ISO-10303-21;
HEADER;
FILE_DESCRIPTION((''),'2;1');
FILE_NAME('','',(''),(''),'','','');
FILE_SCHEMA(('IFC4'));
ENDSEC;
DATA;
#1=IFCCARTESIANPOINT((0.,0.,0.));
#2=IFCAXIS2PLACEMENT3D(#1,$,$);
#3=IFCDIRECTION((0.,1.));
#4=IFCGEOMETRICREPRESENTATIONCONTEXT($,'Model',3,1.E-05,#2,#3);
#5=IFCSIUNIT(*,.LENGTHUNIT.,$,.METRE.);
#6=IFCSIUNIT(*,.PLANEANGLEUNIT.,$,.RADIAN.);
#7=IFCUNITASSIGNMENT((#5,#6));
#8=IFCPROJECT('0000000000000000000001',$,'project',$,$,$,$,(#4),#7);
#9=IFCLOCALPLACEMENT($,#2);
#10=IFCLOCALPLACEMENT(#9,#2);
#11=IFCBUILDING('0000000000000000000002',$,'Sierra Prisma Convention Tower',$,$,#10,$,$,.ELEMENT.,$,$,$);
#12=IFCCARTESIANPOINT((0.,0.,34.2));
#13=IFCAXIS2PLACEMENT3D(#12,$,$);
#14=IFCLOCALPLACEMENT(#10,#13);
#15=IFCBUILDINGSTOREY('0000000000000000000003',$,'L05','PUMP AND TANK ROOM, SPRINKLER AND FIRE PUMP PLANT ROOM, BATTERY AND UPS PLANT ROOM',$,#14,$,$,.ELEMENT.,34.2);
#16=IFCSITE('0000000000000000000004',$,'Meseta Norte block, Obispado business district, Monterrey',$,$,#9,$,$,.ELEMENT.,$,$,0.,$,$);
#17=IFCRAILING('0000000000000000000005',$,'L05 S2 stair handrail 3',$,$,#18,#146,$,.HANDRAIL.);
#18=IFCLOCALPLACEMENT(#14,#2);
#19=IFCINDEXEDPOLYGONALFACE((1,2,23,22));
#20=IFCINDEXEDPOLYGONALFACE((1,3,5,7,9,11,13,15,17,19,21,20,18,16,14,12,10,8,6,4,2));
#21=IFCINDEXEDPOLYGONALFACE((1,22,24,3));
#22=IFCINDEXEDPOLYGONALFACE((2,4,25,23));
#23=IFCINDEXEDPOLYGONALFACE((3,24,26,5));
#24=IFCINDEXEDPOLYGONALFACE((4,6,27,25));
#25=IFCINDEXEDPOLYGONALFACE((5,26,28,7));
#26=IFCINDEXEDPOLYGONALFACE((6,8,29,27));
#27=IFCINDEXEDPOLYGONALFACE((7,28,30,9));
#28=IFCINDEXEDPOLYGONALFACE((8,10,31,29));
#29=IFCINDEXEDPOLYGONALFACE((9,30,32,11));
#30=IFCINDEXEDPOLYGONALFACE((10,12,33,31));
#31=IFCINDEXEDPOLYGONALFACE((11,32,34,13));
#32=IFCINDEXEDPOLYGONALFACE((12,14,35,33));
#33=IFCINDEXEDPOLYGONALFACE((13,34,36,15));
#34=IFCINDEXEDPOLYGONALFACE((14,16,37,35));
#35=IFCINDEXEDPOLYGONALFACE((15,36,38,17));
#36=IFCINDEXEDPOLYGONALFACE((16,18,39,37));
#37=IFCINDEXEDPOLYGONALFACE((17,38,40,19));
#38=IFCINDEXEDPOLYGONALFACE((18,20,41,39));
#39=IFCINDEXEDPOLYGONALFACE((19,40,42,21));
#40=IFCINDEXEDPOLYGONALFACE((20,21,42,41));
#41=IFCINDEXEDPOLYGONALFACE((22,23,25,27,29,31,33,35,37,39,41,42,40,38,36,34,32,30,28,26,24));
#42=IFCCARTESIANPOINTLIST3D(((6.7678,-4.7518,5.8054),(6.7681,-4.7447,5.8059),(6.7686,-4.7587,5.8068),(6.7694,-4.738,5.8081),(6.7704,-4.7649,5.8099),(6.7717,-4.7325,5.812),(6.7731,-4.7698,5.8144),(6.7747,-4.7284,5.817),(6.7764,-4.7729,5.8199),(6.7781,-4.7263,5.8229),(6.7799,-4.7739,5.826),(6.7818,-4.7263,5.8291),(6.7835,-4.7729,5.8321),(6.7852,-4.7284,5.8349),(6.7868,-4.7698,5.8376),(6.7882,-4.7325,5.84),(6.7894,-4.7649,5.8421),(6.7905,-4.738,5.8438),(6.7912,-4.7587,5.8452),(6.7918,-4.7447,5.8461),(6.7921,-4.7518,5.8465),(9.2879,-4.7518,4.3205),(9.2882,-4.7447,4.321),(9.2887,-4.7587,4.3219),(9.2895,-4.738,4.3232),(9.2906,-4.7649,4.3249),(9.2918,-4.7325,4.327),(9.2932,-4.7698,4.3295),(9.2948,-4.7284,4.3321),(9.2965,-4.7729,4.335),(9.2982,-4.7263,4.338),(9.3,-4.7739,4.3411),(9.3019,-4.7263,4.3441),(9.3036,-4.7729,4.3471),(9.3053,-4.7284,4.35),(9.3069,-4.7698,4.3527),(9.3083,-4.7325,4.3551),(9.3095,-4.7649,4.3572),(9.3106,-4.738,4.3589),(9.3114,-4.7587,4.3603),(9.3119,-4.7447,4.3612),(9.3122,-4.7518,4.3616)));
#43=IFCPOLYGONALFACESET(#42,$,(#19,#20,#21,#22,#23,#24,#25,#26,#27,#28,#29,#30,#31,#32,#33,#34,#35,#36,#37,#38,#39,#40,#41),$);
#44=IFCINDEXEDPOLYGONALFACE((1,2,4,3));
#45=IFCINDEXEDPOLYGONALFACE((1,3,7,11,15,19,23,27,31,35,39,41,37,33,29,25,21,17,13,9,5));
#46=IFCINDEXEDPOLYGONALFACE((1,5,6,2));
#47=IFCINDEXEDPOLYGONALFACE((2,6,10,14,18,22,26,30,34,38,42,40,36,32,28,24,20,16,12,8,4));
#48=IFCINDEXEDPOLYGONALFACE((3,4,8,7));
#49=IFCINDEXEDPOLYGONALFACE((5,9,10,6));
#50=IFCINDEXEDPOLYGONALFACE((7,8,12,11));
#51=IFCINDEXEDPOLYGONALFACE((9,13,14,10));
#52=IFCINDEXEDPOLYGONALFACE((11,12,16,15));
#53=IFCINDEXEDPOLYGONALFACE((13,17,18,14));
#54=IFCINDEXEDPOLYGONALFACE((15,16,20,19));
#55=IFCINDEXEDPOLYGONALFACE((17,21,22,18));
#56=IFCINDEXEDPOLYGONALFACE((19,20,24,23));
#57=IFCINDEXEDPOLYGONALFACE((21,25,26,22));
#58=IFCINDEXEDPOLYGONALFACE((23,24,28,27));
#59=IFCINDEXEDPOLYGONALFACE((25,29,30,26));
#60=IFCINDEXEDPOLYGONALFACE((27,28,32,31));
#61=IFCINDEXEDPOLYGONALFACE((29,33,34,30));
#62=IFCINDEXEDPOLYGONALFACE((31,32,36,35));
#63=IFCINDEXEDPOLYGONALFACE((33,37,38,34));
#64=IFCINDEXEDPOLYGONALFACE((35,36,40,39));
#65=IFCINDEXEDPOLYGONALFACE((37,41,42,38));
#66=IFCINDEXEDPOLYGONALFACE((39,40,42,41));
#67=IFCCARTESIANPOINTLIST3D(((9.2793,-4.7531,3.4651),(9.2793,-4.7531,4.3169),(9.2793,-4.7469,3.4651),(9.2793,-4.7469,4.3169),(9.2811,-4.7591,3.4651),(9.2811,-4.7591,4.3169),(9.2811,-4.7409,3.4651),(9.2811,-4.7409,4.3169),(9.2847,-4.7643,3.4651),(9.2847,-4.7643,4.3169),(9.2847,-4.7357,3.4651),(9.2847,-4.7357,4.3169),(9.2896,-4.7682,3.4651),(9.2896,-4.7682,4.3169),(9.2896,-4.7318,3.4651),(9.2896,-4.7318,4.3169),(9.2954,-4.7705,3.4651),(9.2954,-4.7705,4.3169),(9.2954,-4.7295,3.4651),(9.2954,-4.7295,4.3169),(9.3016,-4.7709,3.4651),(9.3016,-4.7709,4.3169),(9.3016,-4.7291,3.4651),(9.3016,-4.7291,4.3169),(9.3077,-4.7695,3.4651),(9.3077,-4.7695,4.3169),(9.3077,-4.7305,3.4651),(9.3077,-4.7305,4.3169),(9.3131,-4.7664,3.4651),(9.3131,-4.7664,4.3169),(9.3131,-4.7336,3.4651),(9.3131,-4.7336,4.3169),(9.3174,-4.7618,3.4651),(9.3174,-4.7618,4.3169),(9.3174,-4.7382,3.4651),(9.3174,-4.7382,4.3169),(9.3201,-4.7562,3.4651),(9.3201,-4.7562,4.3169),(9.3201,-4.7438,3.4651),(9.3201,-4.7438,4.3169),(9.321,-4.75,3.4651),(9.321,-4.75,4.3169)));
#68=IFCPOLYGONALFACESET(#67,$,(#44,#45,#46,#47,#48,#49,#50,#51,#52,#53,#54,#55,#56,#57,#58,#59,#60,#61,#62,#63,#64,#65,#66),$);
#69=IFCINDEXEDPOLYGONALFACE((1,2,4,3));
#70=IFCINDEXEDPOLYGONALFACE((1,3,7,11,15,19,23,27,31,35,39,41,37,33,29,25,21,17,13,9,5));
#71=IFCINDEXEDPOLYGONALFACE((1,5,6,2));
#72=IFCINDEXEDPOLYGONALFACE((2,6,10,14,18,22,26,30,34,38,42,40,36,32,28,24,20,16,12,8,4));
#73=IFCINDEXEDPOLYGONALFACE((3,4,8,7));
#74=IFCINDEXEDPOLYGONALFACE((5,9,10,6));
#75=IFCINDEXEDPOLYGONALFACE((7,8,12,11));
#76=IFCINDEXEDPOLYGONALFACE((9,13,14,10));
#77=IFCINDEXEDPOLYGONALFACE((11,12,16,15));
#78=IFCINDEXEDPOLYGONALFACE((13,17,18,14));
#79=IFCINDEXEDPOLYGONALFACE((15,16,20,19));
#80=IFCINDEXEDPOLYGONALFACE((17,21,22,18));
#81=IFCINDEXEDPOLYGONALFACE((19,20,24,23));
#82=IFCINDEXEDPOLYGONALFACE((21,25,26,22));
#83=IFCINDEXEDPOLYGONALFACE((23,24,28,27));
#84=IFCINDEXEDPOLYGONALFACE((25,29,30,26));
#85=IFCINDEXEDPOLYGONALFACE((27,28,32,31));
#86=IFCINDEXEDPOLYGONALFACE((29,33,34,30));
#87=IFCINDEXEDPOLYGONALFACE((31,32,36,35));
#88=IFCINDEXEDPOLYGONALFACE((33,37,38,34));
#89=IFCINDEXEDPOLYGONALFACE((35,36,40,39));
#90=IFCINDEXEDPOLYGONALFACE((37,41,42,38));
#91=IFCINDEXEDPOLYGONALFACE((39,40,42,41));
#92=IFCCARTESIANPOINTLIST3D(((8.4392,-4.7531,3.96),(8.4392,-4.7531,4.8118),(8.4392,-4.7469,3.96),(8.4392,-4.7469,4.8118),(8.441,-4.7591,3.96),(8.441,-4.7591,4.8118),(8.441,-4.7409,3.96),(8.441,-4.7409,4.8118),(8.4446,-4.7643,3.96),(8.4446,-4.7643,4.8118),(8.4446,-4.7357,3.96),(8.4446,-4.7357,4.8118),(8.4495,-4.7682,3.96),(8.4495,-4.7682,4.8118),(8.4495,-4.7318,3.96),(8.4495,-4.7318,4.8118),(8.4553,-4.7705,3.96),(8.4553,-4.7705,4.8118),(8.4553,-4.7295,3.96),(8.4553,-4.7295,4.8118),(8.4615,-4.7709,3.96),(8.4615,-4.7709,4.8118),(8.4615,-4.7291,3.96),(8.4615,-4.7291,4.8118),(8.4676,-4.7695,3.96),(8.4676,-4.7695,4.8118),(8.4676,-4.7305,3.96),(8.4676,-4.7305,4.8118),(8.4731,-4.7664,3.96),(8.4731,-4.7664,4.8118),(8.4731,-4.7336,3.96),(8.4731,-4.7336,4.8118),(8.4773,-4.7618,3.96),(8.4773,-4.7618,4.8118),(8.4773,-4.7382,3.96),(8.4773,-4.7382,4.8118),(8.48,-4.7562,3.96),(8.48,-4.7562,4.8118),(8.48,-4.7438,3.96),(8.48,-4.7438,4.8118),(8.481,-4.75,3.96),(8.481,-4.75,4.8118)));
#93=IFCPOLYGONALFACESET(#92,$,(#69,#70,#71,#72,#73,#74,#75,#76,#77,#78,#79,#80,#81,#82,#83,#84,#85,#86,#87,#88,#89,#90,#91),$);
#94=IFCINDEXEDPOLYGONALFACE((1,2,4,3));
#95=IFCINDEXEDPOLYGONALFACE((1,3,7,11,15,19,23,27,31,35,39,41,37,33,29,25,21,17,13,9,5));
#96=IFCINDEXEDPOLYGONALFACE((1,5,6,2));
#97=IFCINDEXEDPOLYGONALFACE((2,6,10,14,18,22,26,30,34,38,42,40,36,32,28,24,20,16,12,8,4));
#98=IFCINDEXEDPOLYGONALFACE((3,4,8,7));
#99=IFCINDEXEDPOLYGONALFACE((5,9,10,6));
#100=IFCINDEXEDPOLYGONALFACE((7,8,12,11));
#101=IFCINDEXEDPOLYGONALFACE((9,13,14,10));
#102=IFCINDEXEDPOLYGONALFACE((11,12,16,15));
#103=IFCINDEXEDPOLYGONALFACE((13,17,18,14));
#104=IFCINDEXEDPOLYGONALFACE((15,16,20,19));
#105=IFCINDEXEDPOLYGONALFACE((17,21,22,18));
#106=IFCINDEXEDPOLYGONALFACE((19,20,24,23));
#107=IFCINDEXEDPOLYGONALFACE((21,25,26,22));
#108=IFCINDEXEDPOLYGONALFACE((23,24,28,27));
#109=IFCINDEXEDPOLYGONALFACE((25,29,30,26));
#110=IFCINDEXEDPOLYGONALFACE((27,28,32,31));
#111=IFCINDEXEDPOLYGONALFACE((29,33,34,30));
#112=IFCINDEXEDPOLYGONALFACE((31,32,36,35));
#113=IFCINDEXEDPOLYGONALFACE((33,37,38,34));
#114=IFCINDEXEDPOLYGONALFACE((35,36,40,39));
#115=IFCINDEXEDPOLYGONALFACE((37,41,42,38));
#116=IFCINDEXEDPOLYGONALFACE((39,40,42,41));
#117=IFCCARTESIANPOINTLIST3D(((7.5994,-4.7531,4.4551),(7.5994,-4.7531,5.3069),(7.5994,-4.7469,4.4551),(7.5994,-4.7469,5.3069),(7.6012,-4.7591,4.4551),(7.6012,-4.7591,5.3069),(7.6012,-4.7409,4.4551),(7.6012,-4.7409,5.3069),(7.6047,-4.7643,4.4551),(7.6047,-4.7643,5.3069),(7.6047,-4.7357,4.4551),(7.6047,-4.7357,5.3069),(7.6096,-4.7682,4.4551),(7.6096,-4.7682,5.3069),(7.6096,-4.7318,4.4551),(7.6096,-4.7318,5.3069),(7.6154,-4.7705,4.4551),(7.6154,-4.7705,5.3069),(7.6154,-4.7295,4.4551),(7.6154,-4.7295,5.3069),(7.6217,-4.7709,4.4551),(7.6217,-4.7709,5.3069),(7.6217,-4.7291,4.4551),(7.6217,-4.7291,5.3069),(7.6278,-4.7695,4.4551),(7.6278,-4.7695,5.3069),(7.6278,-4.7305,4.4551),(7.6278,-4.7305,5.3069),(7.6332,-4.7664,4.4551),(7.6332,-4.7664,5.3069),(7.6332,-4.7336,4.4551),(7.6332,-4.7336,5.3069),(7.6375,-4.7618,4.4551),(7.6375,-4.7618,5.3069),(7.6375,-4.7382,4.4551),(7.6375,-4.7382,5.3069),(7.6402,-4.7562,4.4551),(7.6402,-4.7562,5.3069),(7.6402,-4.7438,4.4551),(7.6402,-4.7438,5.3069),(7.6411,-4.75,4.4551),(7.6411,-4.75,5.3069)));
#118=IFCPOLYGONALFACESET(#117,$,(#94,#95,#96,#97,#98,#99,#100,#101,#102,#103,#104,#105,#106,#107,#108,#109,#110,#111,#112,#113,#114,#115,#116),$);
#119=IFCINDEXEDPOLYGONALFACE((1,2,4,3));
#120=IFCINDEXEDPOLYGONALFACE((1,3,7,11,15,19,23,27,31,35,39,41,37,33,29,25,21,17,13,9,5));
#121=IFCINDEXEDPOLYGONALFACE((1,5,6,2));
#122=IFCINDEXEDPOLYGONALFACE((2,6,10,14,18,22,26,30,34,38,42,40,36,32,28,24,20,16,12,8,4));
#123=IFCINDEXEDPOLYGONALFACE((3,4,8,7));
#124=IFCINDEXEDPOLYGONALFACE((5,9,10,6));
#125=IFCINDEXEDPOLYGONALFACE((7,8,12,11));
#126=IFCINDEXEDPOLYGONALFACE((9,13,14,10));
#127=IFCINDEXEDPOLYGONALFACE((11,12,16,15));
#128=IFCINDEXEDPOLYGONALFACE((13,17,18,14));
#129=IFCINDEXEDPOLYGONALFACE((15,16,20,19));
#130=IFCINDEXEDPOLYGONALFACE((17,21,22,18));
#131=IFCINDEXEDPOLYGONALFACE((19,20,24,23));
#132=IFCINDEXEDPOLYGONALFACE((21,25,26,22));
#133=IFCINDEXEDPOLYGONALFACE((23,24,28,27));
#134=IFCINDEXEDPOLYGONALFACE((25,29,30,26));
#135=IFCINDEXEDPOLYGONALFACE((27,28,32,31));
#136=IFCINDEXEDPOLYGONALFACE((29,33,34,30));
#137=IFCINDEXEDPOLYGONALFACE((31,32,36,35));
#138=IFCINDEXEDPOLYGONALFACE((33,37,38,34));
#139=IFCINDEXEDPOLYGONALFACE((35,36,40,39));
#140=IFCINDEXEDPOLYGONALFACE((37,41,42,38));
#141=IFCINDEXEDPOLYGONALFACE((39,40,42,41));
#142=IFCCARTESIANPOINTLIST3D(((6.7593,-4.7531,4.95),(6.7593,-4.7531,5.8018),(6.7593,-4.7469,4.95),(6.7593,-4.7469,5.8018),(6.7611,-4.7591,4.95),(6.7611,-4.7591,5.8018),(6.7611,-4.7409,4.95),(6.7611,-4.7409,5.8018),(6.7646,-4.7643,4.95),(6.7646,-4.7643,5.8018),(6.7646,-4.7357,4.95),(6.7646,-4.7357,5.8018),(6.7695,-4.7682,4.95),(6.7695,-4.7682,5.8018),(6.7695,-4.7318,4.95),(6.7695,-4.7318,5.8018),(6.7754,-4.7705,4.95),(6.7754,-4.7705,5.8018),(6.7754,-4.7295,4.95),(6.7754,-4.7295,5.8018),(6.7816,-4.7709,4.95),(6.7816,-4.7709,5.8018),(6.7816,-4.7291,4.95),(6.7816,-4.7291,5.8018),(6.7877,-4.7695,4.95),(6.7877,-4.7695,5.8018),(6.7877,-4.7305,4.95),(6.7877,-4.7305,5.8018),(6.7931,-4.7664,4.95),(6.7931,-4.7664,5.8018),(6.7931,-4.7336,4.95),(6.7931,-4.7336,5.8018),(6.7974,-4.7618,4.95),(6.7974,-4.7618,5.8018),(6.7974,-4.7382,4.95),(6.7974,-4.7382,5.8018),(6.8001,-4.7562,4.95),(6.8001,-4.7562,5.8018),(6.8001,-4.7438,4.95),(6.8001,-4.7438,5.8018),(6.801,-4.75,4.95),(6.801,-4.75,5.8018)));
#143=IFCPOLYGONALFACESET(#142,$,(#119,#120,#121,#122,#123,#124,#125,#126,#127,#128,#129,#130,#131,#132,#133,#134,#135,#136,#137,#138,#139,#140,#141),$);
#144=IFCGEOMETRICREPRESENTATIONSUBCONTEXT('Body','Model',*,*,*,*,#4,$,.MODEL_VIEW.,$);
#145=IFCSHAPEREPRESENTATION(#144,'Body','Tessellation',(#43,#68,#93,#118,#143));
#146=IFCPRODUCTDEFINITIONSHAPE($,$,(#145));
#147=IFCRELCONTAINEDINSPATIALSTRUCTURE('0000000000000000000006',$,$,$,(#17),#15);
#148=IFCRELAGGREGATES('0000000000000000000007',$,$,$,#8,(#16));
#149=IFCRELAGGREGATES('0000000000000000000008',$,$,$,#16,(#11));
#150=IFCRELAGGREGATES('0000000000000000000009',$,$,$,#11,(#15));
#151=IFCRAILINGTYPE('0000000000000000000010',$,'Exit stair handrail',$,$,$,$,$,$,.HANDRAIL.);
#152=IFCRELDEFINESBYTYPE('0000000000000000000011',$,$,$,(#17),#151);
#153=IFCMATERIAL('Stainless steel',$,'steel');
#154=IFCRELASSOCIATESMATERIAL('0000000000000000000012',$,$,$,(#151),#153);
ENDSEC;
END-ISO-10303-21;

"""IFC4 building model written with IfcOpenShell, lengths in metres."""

from ifc_helpers import new_model, si_unit, direction, frame, origin, origin_2d, place, context, subcontext, project, spatial, circle, extrude, material, type_object, element, save


model = new_model("IFC4")

# Units and contexts
model_context = context("Model", 3, precision=1e-05, world=origin(), true_north=direction((0.0, 1.0)))
body_context = subcontext(model_context, "Body", "Model", "MODEL_VIEW")
ifc_project = project(units=[si_unit("LENGTHUNIT", "METRE"), si_unit("PLANEANGLEUNIT", "RADIAN")], contexts=[model_context])

# Site, building, storey
site_placement = place(None, origin())
site = spatial("IfcSite", under=ifc_project, at=site_placement, Name="Meseta Norte block, Obispado business district, Monterrey", CompositionType="ELEMENT", RefElevation=0.0)
building_placement = place(site_placement, origin())
building = spatial("IfcBuilding", under=site, at=building_placement, Name="Sierra Prisma Convention Tower", CompositionType="ELEMENT")
storey_placement = place(building_placement, frame((0.0, 0.0, 34.2)))
storey = spatial("IfcBuildingStorey", under=building, at=storey_placement, Name="L05", Description="PUMP AND TANK ROOM, SPRINKLER AND FIRE PUMP PLANT ROOM, BATTERY AND UPS PLANT ROOM", CompositionType="ELEMENT", Elevation=34.2)

# Railing
ifc_material_1 = material(Name="Stainless steel", Category="steel")
railing_type_1 = type_object("IfcRailingType", Name="Exit stair handrail", PredefinedType="HANDRAIL", material=ifc_material_1)
railing_1_placement = place(storey_placement, frame((9.3, -4.75, 3.4651)))
element("IfcRailing", 1, at=railing_1_placement, inside=storey, type_object=railing_type_1, Name="L05 S2 stair handrail 3", PredefinedType="HANDRAIL", context=body_context, shape_type="SweptSolid", body=[
    extrude(circle(Radius=0.0239, at=origin_2d()), frame((0.0, 0.0, 0.876), z_axis=(-0.861561, 0.0, 0.507655), x_axis=(0.0, -1.0, 0.0)), (0.0, 0.0, 1.0), 2.925),
    extrude(circle(Radius=0.021, at=origin_2d()), origin(), (0.0, 0.0, 1.0), 0.8518),
    extrude(circle(Radius=0.021, at=origin_2d()), frame((-0.8401, 0.0, 0.4949)), (0.0, 0.0, 1.0), 0.8518),
    extrude(circle(Radius=0.021, at=origin_2d()), frame((-1.6799, 0.0, 0.99)), (0.0, 0.0, 1.0), 0.8518),
    extrude(circle(Radius=0.021, at=origin_2d()), frame((-2.52, 0.0, 1.4849)), (0.0, 0.0, 1.0), 0.8518),
])

save(model, "model.ifc")
